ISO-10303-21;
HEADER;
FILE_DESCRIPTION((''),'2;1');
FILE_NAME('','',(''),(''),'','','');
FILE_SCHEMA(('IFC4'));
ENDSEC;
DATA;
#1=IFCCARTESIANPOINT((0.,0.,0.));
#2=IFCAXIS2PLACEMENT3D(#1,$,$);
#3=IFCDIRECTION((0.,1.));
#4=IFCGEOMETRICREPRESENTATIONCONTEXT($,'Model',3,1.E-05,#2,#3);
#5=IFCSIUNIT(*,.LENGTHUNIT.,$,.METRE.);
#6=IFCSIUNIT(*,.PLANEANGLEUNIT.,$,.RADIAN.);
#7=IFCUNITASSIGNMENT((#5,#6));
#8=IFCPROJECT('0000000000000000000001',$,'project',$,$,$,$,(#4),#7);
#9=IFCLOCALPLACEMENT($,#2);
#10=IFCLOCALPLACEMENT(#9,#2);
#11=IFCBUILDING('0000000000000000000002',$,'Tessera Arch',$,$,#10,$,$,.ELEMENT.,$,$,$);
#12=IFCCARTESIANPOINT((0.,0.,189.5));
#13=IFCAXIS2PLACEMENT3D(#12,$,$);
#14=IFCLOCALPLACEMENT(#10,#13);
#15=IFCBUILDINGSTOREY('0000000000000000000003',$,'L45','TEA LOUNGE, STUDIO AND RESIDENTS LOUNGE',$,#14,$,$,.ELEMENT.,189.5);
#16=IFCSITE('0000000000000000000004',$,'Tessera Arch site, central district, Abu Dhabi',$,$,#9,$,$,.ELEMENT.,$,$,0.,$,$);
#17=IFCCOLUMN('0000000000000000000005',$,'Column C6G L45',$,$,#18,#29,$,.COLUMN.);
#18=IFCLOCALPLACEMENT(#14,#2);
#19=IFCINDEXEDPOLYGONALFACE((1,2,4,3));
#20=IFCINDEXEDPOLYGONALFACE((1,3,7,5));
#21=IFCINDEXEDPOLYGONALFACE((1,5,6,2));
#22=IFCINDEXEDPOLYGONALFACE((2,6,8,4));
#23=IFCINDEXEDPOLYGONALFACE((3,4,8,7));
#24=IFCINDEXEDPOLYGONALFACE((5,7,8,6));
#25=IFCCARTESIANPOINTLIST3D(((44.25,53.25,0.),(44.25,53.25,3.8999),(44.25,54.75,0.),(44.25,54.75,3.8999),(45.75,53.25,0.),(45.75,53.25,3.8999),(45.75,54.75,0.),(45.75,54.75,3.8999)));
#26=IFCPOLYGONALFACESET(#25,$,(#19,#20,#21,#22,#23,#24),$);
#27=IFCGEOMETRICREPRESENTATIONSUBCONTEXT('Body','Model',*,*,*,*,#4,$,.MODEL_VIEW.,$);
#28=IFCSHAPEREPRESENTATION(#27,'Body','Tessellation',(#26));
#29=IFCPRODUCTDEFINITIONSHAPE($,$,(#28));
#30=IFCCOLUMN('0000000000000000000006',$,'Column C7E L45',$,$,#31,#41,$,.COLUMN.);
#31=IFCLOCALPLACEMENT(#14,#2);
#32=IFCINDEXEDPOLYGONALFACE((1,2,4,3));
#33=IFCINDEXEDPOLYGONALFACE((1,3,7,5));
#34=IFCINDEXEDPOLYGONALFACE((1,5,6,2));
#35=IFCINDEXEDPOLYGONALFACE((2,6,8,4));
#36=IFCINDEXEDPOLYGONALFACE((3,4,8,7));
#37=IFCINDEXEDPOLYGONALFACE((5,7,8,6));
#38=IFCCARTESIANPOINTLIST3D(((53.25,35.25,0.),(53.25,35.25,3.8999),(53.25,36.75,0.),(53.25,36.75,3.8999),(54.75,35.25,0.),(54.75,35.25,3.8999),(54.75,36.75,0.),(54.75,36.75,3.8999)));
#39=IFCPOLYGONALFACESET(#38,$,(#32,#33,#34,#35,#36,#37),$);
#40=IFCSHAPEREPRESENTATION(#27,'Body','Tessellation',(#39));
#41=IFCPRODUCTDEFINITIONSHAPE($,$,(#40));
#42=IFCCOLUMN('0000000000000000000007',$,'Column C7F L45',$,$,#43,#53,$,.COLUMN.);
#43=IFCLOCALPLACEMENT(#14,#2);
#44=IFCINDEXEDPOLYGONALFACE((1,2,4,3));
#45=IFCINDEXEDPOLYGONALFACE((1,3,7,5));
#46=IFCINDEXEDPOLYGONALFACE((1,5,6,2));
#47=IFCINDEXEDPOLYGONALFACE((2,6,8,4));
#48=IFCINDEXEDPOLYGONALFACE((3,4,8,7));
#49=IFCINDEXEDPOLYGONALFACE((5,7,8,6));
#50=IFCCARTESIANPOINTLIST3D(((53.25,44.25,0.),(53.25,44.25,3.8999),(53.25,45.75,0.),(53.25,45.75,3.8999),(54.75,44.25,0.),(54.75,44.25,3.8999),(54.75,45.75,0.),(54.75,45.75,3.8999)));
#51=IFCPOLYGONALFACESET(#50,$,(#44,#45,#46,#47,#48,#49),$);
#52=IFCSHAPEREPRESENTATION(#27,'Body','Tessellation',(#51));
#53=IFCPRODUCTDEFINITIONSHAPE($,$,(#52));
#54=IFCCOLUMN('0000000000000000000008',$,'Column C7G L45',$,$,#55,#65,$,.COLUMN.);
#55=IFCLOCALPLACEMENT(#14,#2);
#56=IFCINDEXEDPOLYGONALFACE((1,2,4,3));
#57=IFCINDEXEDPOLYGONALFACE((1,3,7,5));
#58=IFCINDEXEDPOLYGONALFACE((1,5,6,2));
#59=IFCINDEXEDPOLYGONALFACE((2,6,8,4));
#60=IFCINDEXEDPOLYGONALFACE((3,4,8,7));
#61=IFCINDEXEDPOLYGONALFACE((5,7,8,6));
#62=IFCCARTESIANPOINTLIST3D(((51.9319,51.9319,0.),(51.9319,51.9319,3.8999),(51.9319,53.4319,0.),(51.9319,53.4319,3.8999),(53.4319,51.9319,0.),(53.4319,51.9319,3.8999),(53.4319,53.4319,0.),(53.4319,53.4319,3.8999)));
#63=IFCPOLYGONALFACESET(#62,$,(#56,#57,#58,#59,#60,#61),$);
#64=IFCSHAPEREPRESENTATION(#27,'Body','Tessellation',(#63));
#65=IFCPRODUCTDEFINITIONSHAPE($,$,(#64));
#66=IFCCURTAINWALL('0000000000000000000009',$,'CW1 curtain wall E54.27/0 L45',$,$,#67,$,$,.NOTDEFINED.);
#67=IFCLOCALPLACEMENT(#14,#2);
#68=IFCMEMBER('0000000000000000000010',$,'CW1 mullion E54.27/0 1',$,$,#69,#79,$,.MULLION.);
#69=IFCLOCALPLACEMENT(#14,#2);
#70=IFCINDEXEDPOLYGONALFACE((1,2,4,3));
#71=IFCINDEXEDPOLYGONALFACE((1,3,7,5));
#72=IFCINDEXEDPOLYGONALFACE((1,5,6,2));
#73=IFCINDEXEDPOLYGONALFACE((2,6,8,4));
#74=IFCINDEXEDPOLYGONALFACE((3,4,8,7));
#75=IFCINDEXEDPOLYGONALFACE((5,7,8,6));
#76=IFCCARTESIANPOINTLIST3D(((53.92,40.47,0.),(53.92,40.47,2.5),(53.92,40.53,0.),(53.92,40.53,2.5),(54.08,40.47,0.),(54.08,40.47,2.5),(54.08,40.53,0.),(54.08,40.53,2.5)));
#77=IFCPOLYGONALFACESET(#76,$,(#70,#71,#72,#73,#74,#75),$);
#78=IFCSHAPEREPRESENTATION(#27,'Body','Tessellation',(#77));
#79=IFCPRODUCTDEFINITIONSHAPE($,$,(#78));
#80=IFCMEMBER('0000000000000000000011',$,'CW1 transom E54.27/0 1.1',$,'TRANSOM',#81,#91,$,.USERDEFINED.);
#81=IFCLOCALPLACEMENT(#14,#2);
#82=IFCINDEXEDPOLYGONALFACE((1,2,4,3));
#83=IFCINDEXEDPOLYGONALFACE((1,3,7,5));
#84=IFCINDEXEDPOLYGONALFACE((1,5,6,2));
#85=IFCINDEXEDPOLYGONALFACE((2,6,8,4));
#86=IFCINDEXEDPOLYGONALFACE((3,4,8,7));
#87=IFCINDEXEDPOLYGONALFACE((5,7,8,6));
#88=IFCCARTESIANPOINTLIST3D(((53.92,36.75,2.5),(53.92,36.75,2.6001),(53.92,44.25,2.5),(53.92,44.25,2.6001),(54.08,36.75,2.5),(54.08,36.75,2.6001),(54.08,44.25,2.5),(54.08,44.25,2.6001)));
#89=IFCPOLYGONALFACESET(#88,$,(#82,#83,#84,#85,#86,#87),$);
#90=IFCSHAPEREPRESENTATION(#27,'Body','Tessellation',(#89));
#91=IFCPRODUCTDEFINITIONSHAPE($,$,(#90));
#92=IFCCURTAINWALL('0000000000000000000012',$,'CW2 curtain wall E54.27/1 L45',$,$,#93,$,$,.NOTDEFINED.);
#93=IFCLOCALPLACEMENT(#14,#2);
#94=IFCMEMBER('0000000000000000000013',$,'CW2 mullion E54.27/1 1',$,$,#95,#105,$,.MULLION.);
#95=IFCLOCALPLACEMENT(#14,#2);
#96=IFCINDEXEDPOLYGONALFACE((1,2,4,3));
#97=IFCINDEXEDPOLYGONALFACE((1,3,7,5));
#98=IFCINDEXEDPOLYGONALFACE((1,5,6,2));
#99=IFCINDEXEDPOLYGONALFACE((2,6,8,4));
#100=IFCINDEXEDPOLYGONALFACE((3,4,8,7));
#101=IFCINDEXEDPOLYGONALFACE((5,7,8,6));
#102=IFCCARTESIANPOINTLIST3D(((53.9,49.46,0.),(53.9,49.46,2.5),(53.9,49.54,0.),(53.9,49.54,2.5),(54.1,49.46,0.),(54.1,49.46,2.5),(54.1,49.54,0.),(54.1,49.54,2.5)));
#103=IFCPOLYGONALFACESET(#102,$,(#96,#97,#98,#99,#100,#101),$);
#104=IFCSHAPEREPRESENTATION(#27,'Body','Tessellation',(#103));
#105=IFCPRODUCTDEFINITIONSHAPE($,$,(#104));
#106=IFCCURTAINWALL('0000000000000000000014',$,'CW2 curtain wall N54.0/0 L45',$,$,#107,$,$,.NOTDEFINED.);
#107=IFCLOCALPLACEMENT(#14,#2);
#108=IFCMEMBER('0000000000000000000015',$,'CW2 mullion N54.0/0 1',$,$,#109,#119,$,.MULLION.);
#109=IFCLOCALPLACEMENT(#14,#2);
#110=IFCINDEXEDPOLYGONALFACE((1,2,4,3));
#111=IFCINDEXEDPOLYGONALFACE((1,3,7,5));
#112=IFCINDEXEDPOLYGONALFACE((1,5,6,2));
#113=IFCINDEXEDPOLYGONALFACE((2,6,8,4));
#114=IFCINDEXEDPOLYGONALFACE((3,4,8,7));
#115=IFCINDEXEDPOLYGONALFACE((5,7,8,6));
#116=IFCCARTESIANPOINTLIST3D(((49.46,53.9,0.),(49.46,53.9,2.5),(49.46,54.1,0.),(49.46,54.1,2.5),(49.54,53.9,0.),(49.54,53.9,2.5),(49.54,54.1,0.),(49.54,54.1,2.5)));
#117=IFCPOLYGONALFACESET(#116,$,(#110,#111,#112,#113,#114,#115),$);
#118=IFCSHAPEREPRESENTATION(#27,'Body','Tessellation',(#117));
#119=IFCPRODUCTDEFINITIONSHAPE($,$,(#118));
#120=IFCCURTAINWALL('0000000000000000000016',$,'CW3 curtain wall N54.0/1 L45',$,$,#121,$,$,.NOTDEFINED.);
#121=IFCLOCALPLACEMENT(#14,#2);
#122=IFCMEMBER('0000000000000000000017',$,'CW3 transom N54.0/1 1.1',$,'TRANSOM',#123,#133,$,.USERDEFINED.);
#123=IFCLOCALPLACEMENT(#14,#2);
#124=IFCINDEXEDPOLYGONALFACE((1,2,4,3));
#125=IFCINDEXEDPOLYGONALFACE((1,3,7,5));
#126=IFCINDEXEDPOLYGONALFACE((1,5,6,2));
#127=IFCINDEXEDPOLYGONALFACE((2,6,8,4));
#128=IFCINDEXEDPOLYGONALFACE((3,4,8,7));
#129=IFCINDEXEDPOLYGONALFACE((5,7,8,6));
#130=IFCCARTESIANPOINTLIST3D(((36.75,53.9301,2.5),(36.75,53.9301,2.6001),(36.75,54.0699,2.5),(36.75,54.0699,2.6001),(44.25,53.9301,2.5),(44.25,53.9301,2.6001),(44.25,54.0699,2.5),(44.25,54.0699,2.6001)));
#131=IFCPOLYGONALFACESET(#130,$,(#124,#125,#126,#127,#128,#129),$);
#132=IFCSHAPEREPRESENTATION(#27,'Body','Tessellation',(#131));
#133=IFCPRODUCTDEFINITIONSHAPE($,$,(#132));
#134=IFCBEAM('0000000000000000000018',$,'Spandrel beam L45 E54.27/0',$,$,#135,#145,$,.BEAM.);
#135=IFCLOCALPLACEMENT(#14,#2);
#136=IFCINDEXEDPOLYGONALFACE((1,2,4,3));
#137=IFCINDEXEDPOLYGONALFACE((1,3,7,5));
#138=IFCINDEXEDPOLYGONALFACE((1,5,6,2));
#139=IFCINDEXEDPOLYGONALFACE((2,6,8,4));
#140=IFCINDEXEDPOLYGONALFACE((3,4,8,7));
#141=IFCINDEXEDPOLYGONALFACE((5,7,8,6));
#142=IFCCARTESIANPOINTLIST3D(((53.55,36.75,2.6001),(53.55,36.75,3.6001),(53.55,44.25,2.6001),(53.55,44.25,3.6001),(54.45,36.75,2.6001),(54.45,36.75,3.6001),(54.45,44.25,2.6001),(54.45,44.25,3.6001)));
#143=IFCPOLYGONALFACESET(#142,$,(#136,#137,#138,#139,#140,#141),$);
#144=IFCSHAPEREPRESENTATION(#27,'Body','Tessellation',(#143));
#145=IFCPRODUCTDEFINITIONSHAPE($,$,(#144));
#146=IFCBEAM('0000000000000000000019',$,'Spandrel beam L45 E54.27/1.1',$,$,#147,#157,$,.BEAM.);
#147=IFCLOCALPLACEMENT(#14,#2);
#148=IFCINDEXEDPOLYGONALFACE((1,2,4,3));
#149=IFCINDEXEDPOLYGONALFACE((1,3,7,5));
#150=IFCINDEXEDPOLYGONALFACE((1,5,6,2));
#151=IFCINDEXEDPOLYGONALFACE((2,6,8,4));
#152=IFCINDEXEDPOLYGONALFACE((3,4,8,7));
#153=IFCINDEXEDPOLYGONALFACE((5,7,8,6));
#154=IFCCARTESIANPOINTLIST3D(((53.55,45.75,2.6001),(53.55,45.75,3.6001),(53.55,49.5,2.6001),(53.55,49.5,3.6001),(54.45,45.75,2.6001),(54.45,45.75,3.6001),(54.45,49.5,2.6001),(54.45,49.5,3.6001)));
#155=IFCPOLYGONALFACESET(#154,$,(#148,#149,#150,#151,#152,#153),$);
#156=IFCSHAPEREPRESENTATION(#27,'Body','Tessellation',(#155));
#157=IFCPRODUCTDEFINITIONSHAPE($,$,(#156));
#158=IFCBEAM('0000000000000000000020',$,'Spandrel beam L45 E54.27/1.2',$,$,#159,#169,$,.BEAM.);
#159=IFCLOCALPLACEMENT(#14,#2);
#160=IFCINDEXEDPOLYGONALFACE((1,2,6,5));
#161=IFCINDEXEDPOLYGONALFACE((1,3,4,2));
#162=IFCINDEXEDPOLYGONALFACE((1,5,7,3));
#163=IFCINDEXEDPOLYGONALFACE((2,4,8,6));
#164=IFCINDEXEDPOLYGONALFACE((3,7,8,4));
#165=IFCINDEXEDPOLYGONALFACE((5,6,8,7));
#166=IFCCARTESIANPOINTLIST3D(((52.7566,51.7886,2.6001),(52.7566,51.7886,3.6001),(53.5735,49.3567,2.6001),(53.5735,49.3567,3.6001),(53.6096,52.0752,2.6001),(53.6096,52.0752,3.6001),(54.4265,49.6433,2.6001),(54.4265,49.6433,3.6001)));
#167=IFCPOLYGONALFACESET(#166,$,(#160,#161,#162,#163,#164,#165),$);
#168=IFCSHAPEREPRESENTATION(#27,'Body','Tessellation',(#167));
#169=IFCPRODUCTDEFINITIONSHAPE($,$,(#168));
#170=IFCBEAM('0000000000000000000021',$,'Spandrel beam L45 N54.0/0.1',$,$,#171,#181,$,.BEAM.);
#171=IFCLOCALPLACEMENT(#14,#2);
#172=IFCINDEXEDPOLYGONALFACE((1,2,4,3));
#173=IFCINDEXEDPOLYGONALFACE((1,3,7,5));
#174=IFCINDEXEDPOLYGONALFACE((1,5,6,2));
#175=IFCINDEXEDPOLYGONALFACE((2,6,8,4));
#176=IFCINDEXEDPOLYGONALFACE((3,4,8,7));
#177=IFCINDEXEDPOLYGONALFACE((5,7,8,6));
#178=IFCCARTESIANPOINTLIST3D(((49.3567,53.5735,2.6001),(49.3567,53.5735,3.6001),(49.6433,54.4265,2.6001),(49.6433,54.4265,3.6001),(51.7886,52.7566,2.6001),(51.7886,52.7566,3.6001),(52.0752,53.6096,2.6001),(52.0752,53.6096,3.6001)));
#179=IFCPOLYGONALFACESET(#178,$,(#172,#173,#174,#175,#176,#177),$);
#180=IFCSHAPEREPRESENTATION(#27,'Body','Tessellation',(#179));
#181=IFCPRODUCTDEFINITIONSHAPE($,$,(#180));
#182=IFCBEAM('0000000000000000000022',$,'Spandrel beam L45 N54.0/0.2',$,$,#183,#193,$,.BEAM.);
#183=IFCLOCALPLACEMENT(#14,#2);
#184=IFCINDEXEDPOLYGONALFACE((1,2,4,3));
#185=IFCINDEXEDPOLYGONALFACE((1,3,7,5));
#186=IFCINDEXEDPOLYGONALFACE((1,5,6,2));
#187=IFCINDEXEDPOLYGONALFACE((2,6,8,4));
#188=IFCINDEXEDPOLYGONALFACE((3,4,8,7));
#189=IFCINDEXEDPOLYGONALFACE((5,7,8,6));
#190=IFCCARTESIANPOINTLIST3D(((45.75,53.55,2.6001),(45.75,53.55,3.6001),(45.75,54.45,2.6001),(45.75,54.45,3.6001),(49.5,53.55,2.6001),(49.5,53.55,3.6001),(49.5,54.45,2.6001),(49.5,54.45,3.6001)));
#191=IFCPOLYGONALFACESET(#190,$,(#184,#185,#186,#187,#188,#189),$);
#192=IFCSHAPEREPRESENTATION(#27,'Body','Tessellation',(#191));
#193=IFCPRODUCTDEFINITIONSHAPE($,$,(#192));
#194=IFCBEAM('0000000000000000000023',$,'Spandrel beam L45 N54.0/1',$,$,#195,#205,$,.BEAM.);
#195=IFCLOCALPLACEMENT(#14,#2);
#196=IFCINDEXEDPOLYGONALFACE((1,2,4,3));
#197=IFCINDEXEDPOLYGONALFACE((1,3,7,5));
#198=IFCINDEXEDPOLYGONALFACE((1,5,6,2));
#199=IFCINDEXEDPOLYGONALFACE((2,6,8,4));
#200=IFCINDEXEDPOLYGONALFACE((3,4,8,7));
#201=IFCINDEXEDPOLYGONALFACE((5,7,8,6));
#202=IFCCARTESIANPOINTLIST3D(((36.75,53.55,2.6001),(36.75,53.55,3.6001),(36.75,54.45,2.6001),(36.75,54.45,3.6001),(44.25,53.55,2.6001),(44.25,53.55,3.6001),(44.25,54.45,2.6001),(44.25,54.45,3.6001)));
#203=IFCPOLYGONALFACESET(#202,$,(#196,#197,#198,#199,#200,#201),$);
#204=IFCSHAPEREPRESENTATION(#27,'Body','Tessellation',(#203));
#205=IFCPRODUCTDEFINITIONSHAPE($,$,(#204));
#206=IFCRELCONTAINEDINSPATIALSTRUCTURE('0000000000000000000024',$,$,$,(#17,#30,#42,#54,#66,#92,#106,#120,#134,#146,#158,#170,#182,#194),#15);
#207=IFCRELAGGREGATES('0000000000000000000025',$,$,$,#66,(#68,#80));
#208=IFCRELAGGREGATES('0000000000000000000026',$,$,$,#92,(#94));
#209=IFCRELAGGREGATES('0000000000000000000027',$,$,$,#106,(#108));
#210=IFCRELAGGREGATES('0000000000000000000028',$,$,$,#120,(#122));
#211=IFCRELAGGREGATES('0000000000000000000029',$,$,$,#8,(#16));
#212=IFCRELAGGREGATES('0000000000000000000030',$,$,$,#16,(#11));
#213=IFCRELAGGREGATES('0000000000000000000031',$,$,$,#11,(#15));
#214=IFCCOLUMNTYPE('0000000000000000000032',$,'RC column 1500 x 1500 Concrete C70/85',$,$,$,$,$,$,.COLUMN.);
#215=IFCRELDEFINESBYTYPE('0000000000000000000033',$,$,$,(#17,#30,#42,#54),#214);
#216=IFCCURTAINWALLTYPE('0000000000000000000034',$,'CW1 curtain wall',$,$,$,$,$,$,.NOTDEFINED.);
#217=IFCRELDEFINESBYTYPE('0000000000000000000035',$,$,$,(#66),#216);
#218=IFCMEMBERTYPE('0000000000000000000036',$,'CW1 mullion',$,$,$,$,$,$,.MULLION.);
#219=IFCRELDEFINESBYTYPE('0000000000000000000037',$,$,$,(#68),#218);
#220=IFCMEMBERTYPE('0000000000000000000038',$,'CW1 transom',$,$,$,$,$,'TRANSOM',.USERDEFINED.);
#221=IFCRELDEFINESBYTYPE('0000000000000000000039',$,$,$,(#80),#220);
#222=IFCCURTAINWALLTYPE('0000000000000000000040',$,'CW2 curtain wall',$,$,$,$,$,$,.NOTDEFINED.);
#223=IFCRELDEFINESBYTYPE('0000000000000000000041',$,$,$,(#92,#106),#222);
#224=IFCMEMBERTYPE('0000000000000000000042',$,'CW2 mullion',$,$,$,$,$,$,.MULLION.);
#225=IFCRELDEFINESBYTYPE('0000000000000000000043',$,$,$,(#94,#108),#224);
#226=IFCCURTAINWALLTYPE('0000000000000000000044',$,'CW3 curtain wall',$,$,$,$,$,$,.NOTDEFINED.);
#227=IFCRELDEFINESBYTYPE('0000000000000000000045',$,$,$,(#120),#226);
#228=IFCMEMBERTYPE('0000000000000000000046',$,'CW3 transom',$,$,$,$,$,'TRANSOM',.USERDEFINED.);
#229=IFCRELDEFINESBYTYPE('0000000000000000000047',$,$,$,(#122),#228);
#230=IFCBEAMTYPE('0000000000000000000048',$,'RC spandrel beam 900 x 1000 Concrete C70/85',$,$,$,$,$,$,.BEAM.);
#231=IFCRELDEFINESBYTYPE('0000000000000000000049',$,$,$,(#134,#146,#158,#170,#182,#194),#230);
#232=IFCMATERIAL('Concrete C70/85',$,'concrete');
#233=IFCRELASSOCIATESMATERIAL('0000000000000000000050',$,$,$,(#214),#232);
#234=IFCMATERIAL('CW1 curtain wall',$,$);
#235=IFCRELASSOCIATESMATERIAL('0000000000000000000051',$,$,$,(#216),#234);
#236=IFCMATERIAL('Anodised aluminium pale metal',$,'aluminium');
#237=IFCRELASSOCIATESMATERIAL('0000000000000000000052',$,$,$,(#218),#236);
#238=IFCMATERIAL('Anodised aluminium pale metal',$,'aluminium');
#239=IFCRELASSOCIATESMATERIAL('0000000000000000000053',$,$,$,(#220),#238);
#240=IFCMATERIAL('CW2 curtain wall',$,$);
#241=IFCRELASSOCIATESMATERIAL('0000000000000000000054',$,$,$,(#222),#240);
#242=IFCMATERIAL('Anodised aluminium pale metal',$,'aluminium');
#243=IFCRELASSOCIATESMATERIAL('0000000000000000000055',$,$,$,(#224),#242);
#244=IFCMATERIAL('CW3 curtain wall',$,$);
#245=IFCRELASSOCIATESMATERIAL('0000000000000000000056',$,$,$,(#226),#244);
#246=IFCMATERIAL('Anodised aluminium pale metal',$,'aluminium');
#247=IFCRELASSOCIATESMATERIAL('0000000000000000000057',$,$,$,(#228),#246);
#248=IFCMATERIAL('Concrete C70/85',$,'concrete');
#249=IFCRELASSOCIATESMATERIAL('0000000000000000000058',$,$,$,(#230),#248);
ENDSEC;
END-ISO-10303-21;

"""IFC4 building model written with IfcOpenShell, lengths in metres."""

from ifc_helpers import new_model, si_unit, direction, frame, origin, origin_2d, place, context, subcontext, project, spatial, rectangle, extrude, material, material_profile, profile_set, type_object, element, aggregate, save


model = new_model("IFC4")

# Units and contexts
model_context = context("Model", 3, precision=1e-05, world=origin(), true_north=direction((0.0, 1.0)))
body_context = subcontext(model_context, "Body", "Model", "MODEL_VIEW")
ifc_project = project(units=[si_unit("LENGTHUNIT", "METRE"), si_unit("PLANEANGLEUNIT", "RADIAN")], contexts=[model_context])

# Site, building, storey
site_placement = place(None, origin())
site = spatial("IfcSite", under=ifc_project, at=site_placement, Name="Tessera Arch site, central district, Abu Dhabi", CompositionType="ELEMENT", RefElevation=0.0)
building_placement = place(site_placement, origin())
building = spatial("IfcBuilding", under=site, at=building_placement, Name="Tessera Arch", CompositionType="ELEMENT")
storey_placement = place(building_placement, frame((0.0, 0.0, 189.5)))
storey = spatial("IfcBuildingStorey", under=building, at=storey_placement, Name="L45", Description="TEA LOUNGE, STUDIO AND RESIDENTS LOUNGE", CompositionType="ELEMENT", Elevation=189.5)

# Columns
ifc_material_1 = material(Name="Concrete C70/85", Category="concrete")
ifc_material_profile_1 = material_profile(ifc_material_1, rectangle(XDim=1.5, YDim=1.5, at=origin_2d()), Name="RC column 1500 x 1500 Concrete C70/85")
ifc_profile_set_1 = profile_set([ifc_material_profile_1], Name="Concrete C70/85")
column_type = type_object("IfcColumnType", Name="RC column 1500 x 1500 Concrete C70/85", PredefinedType="COLUMN", material=ifc_profile_set_1)
for number, where, z_axis, x_axis, name in (
    (1, (45.0, 54.0, 0.0), (0.0, 0.0, 1.0), (1.0, 0.0, 0.0), "Column C6G L45"),
    (2, (54.0, 36.0, 0.0), (0.0, 0.0, 1.0), (1.0, 0.0, 0.0), "Column C7E L45"),
    (3, (54.0, 45.0, 0.0), (0.0, 0.0, 1.0), (1.0, 0.0, 0.0), "Column C7F L45"),
    (4, (52.6819, 52.6819, 0.0), (0.0, 0.0, 1.0), (1.0, 0.0, 0.0), "Column C7G L45"),
):
    element("IfcColumn", number, at=place(storey_placement, frame(where, z_axis=z_axis, x_axis=x_axis)), inside=storey, type_object=column_type, Name=name, PredefinedType="COLUMN", context=body_context, shape_type="SweptSolid", body=[
        extrude(rectangle(XDim=1.5, YDim=1.5, at=origin_2d()), origin(), (0.0, 0.0, 1.0), 3.8999),
    ])

# Curtain wall, members
ifc_material_2 = material(Name="CW1 curtain wall")
curtain_wall_type_1 = type_object("IfcCurtainWallType", Name="CW1 curtain wall", PredefinedType="NOTDEFINED", material=ifc_material_2)
curtain_wall_1_placement = place(storey_placement, origin())
curtain_wall_1 = element("IfcCurtainWall", 5, at=curtain_wall_1_placement, inside=storey, type_object=curtain_wall_type_1, Name="CW1 curtain wall E54.27/0 L45", PredefinedType="NOTDEFINED")
ifc_material_3 = material(Name="Anodised aluminium pale metal", Category="aluminium")
ifc_material_profile_2 = material_profile(ifc_material_3, rectangle(XDim=0.1599, YDim=0.0601, at=origin_2d()), Name="AL 60x160")
ifc_profile_set_2 = profile_set([ifc_material_profile_2], Name="Anodised aluminium pale metal")
member_type_1 = type_object("IfcMemberType", Name="CW1 mullion", PredefinedType="MULLION", material=ifc_profile_set_2)
member_1_placement = place(storey_placement, frame((54.0, 40.5, 0.0), z_axis=(0.0, 0.0, 1.0), x_axis=(-1.0, 0.0, 0.0)))
member_1 = element("IfcMember", 6, at=member_1_placement, type_object=member_type_1, Name="CW1 mullion E54.27/0 1", PredefinedType="MULLION", context=body_context, shape_type="SweptSolid", body=[
    extrude(rectangle(XDim=0.1599, YDim=0.0601, at=origin_2d()), origin(), (0.0, 0.0, 1.0), 2.5),
])
ifc_material_4 = material(Name="Anodised aluminium pale metal", Category="aluminium")
ifc_material_profile_3 = material_profile(ifc_material_4, rectangle(XDim=0.1599, YDim=0.1001, at=origin_2d()), Name="AL 160x100")
ifc_profile_set_3 = profile_set([ifc_material_profile_3], Name="Anodised aluminium pale metal")
member_type_2 = type_object("IfcMemberType", Name="CW1 transom", ElementType="TRANSOM", PredefinedType="USERDEFINED", material=ifc_profile_set_3)
member_2_placement = place(storey_placement, frame((54.0, 36.75, 2.55), z_axis=(0.0, 1.0, 0.0), x_axis=(-1.0, 0.0, 0.0)))
member_2 = element("IfcMember", 7, at=member_2_placement, type_object=member_type_2, Name="CW1 transom E54.27/0 1.1", ObjectType="TRANSOM", PredefinedType="USERDEFINED", context=body_context, shape_type="SweptSolid", body=[
    extrude(rectangle(XDim=0.1599, YDim=0.1001, at=origin_2d()), origin(), (0.0, 0.0, 1.0), 7.5),
])

# Curtain walls, members
ifc_material_5 = material(Name="CW2 curtain wall")
curtain_wall_type_2 = type_object("IfcCurtainWallType", Name="CW2 curtain wall", PredefinedType="NOTDEFINED", material=ifc_material_5)
curtain_wall_2_placement = place(storey_placement, origin())
curtain_wall_2 = element("IfcCurtainWall", 8, at=curtain_wall_2_placement, inside=storey, type_object=curtain_wall_type_2, Name="CW2 curtain wall E54.27/1 L45", PredefinedType="NOTDEFINED")
ifc_material_6 = material(Name="Anodised aluminium pale metal", Category="aluminium")
ifc_material_profile_4 = material_profile(ifc_material_6, rectangle(XDim=0.2, YDim=0.0801, at=origin_2d()), Name="AL 80x200")
ifc_profile_set_4 = profile_set([ifc_material_profile_4], Name="Anodised aluminium pale metal")
member_type_3 = type_object("IfcMemberType", Name="CW2 mullion", PredefinedType="MULLION", material=ifc_profile_set_4)
member_3_placement = place(storey_placement, frame((54.0, 49.5, 0.0), z_axis=(0.0, 0.0, 1.0), x_axis=(-1.0, 0.0, 0.0)))
member_3 = element("IfcMember", 9, at=member_3_placement, type_object=member_type_3, Name="CW2 mullion E54.27/1 1", PredefinedType="MULLION", context=body_context, shape_type="SweptSolid", body=[
    extrude(rectangle(XDim=0.2, YDim=0.0801, at=origin_2d()), origin(), (0.0, 0.0, 1.0), 2.5),
])
curtain_wall_3_placement = place(storey_placement, origin())
curtain_wall_3 = element("IfcCurtainWall", 10, at=curtain_wall_3_placement, inside=storey, type_object=curtain_wall_type_2, Name="CW2 curtain wall N54.0/0 L45", PredefinedType="NOTDEFINED")
member_4_placement = place(storey_placement, frame((49.5, 54.0, 0.0), z_axis=(0.0, 0.0, 1.0), x_axis=(0.0, -1.0, 0.0)))
member_4 = element("IfcMember", 11, at=member_4_placement, type_object=member_type_3, Name="CW2 mullion N54.0/0 1", PredefinedType="MULLION", context=body_context, shape_type="SweptSolid", body=[
    extrude(rectangle(XDim=0.2, YDim=0.0801, at=origin_2d()), origin(), (0.0, 0.0, 1.0), 2.5),
])
ifc_material_7 = material(Name="CW3 curtain wall")
curtain_wall_type_3 = type_object("IfcCurtainWallType", Name="CW3 curtain wall", PredefinedType="NOTDEFINED", material=ifc_material_7)
curtain_wall_4_placement = place(storey_placement, origin())
curtain_wall_4 = element("IfcCurtainWall", 12, at=curtain_wall_4_placement, inside=storey, type_object=curtain_wall_type_3, Name="CW3 curtain wall N54.0/1 L45", PredefinedType="NOTDEFINED")
ifc_material_8 = material(Name="Anodised aluminium pale metal", Category="aluminium")
ifc_material_profile_5 = material_profile(ifc_material_8, rectangle(XDim=0.1399, YDim=0.1001, at=origin_2d()), Name="AL 140x100")
ifc_profile_set_5 = profile_set([ifc_material_profile_5], Name="Anodised aluminium pale metal")
member_type_4 = type_object("IfcMemberType", Name="CW3 transom", ElementType="TRANSOM", PredefinedType="USERDEFINED", material=ifc_profile_set_5)
member_5_placement = place(storey_placement, frame((44.25, 54.0, 2.55), z_axis=(-1.0, 0.0, 0.0), x_axis=(0.0, -1.0, 0.0)))
member_5 = element("IfcMember", 13, at=member_5_placement, type_object=member_type_4, Name="CW3 transom N54.0/1 1.1", ObjectType="TRANSOM", PredefinedType="USERDEFINED", context=body_context, shape_type="SweptSolid", body=[
    extrude(rectangle(XDim=0.1399, YDim=0.1001, at=origin_2d()), origin(), (0.0, 0.0, 1.0), 7.5),
])

# Beams
ifc_material_9 = material(Name="Concrete C70/85", Category="concrete")
ifc_material_profile_6 = material_profile(ifc_material_9, rectangle(XDim=0.8999, YDim=1.0, at=origin_2d()), Name="RC spandrel beam 900 x 1000 Concrete C70/85")
ifc_profile_set_6 = profile_set([ifc_material_profile_6], Name="Concrete C70/85")
beam_type = type_object("IfcBeamType", Name="RC spandrel beam 900 x 1000 Concrete C70/85", PredefinedType="BEAM", material=ifc_profile_set_6)
beam_1_placement = place(storey_placement, frame((54.0, 36.75, 3.1001), z_axis=(0.0, 1.0, 0.0), x_axis=(-1.0, 0.0, 0.0)))
element("IfcBeam", 14, at=beam_1_placement, inside=storey, type_object=beam_type, Name="Spandrel beam L45 E54.27/0", PredefinedType="BEAM", context=body_context, shape_type="SweptSolid", body=[
    extrude(rectangle(XDim=0.8999, YDim=1.0, at=origin_2d()), origin(), (0.0, 0.0, 1.0), 7.5),
])
beam_2_placement = place(storey_placement, frame((54.0, 45.75, 3.1001), z_axis=(0.0, 1.0, 0.0), x_axis=(-1.0, 0.0, 0.0)))
element("IfcBeam", 15, at=beam_2_placement, inside=storey, type_object=beam_type, Name="Spandrel beam L45 E54.27/1.1", PredefinedType="BEAM", context=body_context, shape_type="SweptSolid", body=[
    extrude(rectangle(XDim=0.8999, YDim=1.0, at=origin_2d()), origin(), (0.0, 0.0, 1.0), 3.75),
])
for number, where, z_axis, x_axis, name in (
    (16, (54.0, 49.5, 3.1001), (-0.318425, 0.947948, 0.0), (-0.947948, -0.318425, 0.0), "Spandrel beam L45 E54.27/1.2"),
    (17, (51.9319, 53.1831, 3.1001), (-0.947948, 0.318425, 0.0), (-0.318425, -0.947948, 0.0), "Spandrel beam L45 N54.0/0.1"),
):
    element("IfcBeam", number, at=place(storey_placement, frame(where, z_axis=z_axis, x_axis=x_axis)), inside=storey, type_object=beam_type, Name=name, PredefinedType="BEAM", context=body_context, shape_type="SweptSolid", body=[
        extrude(rectangle(XDim=0.8999, YDim=1.0, at=origin_2d()), origin(), (0.0, 0.0, 1.0), 2.5654),
    ])
beam_3_placement = place(storey_placement, frame((49.5, 54.0, 3.1001), z_axis=(-1.0, 0.0, 0.0), x_axis=(0.0, -1.0, 0.0)))
element("IfcBeam", 18, at=beam_3_placement, inside=storey, type_object=beam_type, Name="Spandrel beam L45 N54.0/0.2", PredefinedType="BEAM", context=body_context, shape_type="SweptSolid", body=[
    extrude(rectangle(XDim=0.8999, YDim=1.0, at=origin_2d()), origin(), (0.0, 0.0, 1.0), 3.75),
])
beam_4_placement = place(storey_placement, frame((44.25, 54.0, 3.1001), z_axis=(-1.0, 0.0, 0.0), x_axis=(0.0, -1.0, 0.0)))
element("IfcBeam", 19, at=beam_4_placement, inside=storey, type_object=beam_type, Name="Spandrel beam L45 N54.0/1", PredefinedType="BEAM", context=body_context, shape_type="SweptSolid", body=[
    extrude(rectangle(XDim=0.8999, YDim=1.0, at=origin_2d()), origin(), (0.0, 0.0, 1.0), 7.5),
])

aggregate(curtain_wall_1, [member_1, member_2])
aggregate(curtain_wall_2, [member_3])
aggregate(curtain_wall_3, [member_4])
aggregate(curtain_wall_4, [member_5])

save(model, "model.ifc")
